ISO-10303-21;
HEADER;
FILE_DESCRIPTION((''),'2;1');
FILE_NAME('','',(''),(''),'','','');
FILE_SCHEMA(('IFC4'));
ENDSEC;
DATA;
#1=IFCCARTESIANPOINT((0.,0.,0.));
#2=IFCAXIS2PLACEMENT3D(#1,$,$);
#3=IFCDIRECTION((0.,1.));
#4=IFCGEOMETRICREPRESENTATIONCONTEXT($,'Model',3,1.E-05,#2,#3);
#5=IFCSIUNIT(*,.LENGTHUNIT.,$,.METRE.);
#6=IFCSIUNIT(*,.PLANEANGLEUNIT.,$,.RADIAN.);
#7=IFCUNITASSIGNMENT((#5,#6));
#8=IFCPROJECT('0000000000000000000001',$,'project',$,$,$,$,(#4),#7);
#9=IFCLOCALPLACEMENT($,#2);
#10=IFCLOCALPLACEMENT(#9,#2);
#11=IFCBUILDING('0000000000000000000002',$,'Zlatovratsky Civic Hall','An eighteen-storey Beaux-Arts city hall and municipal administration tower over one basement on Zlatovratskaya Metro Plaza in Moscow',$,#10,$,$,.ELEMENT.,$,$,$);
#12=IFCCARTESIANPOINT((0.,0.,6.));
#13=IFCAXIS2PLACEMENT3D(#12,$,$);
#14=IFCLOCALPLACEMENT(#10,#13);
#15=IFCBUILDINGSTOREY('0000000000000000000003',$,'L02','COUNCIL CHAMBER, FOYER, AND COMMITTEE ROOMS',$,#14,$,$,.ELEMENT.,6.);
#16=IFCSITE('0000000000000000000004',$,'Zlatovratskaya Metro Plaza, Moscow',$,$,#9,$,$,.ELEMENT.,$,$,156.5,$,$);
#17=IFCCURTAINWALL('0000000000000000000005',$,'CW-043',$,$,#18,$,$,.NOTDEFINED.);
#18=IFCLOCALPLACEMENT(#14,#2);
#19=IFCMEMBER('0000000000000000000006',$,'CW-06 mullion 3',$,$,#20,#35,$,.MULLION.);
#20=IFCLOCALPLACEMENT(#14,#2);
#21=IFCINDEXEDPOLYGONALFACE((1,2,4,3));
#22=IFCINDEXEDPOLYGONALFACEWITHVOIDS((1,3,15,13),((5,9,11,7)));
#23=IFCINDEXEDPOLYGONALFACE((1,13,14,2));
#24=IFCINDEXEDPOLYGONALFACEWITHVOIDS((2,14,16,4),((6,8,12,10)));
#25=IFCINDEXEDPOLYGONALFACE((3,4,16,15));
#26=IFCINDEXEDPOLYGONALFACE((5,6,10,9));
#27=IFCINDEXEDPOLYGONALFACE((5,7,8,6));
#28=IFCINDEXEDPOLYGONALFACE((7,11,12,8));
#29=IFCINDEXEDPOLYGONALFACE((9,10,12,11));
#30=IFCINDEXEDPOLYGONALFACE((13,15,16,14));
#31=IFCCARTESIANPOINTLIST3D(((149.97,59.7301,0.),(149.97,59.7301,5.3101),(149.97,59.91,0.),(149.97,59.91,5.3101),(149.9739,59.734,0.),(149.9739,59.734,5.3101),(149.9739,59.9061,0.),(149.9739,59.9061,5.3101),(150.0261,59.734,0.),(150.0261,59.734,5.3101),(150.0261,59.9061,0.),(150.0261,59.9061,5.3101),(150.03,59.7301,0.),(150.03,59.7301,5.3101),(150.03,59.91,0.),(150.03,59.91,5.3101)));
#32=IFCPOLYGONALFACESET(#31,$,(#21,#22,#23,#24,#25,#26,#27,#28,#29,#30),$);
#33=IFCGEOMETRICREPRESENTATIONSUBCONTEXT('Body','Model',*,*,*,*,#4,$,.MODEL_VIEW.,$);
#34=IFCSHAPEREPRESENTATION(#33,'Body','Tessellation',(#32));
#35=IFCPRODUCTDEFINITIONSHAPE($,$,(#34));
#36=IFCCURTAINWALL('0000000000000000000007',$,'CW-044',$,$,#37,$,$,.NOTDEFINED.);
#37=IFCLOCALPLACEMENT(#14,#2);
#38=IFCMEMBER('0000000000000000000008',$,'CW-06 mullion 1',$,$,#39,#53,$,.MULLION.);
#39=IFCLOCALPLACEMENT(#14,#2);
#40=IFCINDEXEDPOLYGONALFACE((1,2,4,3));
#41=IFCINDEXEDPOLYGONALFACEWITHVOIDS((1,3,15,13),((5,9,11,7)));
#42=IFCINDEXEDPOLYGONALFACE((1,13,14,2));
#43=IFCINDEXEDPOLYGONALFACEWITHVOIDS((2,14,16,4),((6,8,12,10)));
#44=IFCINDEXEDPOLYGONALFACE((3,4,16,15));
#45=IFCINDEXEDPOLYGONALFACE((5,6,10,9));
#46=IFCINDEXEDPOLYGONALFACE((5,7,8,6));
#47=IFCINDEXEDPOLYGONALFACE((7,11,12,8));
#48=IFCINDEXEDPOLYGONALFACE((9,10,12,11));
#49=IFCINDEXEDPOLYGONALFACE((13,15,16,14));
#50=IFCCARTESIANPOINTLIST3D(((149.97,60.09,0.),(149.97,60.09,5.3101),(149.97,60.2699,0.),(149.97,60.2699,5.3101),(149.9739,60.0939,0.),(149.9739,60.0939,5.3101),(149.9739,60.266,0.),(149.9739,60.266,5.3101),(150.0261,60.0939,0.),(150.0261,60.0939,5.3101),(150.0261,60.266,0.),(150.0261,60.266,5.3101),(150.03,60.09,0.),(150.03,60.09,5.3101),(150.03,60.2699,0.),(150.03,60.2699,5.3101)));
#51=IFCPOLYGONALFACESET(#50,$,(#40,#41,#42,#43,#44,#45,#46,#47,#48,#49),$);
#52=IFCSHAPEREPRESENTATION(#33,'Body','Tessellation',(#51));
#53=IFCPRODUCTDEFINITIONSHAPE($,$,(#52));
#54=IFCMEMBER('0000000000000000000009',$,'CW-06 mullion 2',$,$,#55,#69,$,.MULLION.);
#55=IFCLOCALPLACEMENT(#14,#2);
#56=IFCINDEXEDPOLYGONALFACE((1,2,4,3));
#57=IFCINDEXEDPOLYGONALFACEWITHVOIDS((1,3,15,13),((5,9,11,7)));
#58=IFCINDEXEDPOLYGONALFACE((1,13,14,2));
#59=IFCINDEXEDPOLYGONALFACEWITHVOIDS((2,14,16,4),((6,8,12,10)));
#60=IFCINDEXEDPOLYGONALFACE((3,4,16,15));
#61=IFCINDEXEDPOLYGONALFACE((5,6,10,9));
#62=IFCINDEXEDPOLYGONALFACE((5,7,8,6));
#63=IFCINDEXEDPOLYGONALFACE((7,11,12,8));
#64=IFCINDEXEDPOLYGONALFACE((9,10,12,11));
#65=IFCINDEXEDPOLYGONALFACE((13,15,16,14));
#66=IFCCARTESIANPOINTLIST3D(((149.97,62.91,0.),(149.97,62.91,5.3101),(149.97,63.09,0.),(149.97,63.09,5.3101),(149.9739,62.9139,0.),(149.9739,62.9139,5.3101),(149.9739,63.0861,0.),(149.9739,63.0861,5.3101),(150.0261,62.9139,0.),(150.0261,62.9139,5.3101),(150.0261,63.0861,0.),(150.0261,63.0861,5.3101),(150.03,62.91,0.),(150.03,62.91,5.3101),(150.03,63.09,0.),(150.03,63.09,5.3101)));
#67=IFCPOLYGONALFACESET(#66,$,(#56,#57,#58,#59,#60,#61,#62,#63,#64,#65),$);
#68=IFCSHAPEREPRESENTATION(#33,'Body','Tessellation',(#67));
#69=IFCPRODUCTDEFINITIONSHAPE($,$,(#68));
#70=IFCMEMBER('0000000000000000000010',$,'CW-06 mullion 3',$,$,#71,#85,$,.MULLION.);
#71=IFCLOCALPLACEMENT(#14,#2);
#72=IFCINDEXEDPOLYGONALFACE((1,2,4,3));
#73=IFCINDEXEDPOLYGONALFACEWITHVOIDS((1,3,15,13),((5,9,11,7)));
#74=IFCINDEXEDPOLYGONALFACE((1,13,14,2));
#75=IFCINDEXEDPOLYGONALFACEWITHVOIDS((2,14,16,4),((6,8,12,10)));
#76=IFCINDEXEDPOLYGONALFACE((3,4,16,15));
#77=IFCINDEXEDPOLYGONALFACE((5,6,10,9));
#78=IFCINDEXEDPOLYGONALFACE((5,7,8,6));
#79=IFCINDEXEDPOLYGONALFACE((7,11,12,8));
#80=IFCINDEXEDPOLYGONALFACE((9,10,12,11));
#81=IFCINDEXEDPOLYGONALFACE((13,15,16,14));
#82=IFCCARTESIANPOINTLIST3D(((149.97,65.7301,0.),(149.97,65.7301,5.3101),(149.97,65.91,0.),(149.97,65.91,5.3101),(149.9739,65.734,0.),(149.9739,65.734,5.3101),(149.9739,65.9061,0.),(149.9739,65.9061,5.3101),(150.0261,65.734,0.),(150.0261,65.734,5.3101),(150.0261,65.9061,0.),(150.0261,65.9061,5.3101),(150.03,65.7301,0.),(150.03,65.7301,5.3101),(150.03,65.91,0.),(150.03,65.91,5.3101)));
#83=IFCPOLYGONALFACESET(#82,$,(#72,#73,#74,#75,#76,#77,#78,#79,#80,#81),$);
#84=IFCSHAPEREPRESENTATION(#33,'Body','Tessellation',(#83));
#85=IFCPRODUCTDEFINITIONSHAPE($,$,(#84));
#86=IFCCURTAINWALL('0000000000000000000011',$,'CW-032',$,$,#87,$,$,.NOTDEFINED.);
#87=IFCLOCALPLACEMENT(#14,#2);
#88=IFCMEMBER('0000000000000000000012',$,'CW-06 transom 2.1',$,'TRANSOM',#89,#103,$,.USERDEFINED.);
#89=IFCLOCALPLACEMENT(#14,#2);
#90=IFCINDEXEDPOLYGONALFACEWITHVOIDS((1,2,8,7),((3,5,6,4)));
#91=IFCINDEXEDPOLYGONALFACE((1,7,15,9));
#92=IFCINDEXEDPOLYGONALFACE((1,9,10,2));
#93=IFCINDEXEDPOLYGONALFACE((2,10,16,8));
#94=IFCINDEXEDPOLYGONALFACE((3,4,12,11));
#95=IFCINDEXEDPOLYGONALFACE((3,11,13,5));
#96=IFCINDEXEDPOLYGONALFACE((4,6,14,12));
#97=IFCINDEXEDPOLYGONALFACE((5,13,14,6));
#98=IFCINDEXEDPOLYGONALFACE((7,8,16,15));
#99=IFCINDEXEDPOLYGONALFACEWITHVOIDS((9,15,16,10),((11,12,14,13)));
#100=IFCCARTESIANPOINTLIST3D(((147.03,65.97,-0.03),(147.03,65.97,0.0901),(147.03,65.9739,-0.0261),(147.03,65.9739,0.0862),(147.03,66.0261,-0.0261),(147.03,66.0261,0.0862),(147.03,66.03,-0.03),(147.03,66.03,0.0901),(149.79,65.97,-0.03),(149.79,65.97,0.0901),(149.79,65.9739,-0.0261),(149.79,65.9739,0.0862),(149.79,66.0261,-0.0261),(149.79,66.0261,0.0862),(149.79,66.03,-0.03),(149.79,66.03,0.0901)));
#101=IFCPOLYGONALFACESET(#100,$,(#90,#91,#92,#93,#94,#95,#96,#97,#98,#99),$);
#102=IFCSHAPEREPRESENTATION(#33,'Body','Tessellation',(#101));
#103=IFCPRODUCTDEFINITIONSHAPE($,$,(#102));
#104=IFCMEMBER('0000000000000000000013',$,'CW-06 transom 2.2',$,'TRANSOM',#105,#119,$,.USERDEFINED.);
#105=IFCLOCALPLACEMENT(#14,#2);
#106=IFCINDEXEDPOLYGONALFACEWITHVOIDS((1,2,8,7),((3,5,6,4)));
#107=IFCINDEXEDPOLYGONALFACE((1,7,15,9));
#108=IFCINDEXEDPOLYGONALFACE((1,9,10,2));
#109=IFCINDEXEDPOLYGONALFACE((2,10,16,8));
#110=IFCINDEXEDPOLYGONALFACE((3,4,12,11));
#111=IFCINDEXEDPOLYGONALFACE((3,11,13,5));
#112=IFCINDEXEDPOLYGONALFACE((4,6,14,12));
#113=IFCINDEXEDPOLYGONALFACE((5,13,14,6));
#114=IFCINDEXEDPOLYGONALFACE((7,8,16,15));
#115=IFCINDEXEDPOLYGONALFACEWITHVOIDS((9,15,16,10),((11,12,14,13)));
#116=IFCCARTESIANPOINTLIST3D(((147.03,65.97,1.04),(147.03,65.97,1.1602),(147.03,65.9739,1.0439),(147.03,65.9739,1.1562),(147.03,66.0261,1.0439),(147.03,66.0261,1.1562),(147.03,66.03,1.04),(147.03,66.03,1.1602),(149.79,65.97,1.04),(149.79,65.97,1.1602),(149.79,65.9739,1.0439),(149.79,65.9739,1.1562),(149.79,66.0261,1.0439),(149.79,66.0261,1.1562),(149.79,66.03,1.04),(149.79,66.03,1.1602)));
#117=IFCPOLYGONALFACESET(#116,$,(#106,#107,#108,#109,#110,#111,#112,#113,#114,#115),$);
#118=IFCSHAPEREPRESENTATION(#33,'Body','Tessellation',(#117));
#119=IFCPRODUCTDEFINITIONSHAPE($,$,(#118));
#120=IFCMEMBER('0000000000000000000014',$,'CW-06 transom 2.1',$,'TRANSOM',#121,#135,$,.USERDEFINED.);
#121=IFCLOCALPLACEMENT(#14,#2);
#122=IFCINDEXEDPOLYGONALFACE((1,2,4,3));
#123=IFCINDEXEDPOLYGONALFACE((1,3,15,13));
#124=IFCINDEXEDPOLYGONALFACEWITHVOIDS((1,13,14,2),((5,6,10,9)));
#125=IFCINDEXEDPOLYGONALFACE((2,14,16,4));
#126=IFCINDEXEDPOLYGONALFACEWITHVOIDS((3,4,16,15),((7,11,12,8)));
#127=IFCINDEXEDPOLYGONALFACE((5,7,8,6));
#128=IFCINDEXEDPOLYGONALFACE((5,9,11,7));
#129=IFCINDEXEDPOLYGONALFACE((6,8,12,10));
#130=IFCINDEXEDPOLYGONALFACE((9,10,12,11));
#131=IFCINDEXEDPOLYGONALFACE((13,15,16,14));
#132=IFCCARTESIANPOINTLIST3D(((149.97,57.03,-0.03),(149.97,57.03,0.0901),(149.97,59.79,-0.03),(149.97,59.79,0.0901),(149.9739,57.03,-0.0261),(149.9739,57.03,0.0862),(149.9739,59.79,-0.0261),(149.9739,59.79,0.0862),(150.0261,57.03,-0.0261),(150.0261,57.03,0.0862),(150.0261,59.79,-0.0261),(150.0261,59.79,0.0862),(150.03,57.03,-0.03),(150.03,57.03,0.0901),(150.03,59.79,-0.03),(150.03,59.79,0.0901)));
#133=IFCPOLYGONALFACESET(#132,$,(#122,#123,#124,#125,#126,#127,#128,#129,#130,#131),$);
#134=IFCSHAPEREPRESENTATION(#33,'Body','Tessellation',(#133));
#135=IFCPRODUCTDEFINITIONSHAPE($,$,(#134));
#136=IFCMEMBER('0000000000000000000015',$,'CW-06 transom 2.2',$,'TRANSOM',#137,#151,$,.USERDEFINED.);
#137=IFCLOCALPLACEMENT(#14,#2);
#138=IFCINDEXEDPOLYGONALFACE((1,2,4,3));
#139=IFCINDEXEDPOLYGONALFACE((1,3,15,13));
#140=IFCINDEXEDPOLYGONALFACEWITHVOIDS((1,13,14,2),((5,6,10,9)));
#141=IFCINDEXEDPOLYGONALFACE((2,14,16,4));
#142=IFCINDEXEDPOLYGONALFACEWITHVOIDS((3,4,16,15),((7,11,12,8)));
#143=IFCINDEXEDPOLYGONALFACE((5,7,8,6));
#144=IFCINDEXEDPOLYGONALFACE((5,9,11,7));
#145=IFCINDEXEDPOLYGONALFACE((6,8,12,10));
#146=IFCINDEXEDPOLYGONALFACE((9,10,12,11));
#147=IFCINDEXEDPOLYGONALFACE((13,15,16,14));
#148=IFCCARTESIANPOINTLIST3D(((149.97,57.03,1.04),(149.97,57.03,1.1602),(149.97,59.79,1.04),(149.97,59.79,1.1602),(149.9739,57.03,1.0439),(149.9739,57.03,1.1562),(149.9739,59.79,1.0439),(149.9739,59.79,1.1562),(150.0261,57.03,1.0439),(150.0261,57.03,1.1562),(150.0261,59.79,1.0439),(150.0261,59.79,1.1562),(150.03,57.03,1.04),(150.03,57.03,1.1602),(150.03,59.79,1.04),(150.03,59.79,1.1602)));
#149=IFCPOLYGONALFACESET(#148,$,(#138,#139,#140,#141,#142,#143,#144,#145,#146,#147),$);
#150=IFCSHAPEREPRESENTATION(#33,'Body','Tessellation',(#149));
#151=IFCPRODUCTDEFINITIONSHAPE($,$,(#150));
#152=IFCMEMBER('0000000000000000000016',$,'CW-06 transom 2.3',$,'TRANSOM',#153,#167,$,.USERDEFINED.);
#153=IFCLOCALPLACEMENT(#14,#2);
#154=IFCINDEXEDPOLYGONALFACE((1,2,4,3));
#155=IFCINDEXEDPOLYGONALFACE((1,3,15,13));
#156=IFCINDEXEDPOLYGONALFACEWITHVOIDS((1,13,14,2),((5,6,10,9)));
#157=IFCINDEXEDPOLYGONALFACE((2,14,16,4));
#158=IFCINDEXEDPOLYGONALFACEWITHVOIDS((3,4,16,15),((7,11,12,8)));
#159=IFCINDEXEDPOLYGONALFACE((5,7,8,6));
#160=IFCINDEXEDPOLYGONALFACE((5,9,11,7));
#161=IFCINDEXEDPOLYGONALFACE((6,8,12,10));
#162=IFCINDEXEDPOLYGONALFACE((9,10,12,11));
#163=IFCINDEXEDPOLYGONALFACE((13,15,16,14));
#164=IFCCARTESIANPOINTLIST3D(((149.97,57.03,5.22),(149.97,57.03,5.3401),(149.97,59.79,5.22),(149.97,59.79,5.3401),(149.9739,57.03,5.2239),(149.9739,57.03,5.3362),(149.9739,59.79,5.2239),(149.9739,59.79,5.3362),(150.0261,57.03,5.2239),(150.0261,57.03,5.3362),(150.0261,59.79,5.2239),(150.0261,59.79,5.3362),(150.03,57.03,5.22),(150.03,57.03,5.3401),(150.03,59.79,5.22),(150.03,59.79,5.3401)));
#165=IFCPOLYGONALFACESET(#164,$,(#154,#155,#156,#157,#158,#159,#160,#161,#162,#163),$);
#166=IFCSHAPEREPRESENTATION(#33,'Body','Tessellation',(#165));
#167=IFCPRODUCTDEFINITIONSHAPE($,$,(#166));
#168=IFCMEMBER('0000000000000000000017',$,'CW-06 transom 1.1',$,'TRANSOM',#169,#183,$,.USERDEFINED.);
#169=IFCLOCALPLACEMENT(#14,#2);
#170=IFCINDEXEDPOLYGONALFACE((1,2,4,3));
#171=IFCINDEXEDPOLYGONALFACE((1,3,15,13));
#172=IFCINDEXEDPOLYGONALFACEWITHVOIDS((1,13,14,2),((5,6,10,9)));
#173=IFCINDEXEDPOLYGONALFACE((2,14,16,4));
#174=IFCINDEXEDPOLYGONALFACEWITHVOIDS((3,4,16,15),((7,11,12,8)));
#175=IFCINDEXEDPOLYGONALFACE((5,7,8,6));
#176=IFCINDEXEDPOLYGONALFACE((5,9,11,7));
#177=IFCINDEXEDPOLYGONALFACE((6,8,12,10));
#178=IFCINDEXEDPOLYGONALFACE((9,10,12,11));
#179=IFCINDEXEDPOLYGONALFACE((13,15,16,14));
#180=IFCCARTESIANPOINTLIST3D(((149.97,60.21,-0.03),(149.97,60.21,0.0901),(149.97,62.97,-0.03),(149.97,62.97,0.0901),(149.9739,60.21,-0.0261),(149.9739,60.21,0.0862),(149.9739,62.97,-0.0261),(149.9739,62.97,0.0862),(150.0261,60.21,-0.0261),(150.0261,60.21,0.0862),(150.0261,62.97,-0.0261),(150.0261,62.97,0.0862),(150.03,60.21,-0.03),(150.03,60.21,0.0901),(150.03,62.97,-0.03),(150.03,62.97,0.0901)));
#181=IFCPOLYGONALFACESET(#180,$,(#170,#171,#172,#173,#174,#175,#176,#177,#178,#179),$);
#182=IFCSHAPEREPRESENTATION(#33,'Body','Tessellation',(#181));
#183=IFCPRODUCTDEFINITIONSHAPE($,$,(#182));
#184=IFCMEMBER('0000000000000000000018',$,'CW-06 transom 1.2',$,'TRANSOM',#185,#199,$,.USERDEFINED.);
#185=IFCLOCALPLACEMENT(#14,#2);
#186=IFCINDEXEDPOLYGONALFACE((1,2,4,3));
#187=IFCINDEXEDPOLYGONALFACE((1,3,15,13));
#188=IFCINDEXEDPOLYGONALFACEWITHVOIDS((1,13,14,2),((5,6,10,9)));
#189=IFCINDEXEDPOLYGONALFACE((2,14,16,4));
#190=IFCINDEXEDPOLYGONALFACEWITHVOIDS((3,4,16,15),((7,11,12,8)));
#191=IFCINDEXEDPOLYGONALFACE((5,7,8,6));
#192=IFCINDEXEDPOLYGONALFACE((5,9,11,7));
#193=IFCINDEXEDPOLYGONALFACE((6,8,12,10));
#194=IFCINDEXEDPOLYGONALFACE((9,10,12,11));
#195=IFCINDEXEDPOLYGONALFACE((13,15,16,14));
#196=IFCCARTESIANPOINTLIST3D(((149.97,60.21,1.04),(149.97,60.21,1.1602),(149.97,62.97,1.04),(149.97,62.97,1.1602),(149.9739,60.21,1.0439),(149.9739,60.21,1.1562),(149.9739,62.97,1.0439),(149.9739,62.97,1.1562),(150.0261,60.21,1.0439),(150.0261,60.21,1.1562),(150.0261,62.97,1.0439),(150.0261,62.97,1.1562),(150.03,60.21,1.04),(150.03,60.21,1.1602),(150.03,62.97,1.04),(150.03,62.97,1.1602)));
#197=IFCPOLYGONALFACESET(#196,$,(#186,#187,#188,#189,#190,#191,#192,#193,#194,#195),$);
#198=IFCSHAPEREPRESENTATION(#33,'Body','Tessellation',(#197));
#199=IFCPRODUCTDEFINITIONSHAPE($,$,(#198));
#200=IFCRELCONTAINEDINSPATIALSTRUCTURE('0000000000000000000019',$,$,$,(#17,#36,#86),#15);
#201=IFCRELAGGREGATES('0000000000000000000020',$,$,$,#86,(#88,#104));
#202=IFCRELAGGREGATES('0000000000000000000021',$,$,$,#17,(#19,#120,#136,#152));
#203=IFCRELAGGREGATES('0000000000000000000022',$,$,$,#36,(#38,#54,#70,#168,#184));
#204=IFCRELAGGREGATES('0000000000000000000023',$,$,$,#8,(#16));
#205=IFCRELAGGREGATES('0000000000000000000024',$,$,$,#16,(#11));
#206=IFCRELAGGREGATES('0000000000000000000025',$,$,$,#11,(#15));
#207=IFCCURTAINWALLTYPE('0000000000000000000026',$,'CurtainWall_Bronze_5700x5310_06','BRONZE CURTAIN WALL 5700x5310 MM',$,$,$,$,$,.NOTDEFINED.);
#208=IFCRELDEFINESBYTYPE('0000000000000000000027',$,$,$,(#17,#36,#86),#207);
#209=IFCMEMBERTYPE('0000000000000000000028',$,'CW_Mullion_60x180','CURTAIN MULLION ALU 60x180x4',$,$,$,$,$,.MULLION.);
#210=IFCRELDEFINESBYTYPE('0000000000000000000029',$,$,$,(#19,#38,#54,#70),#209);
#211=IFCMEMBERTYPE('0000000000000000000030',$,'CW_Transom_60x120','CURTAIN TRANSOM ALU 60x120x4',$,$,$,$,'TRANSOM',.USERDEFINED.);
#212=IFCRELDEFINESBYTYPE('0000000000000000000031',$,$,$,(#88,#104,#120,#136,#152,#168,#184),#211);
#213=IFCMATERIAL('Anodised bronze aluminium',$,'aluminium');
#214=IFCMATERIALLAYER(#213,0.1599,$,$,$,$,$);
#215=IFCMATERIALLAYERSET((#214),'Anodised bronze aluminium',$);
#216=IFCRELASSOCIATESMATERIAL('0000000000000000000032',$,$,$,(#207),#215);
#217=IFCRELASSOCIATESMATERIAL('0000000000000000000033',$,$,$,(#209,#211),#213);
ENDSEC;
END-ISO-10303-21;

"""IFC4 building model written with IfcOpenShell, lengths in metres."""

from ifc_helpers import new_model, si_unit, direction, frame, origin, origin_2d, place, context, subcontext, project, spatial, hollow_rectangle, extrude, material, layer, layer_set, material_profile, profile_set, type_object, element, aggregate, save


model = new_model("IFC4")

# Units and contexts
model_context = context("Model", 3, precision=1e-05, world=origin(), true_north=direction((0.0, 1.0)))
body_context = subcontext(model_context, "Body", "Model", "MODEL_VIEW")
ifc_project = project(units=[si_unit("LENGTHUNIT", "METRE"), si_unit("PLANEANGLEUNIT", "RADIAN")], contexts=[model_context])

# Site, building, storey
site_placement = place(None, origin())
site = spatial("IfcSite", under=ifc_project, at=site_placement, Name="Zlatovratskaya Metro Plaza, Moscow", CompositionType="ELEMENT", RefElevation=156.5)
building_placement = place(site_placement, origin())
building = spatial("IfcBuilding", under=site, at=building_placement, Name="Zlatovratsky Civic Hall", Description="An eighteen-storey Beaux-Arts city hall and municipal administration tower over one basement on Zlatovratskaya Metro Plaza in Moscow", CompositionType="ELEMENT")
storey_placement = place(building_placement, frame((0.0, 0.0, 6.0)))
storey = spatial("IfcBuildingStorey", under=building, at=storey_placement, Name="L02", Description="COUNCIL CHAMBER, FOYER, AND COMMITTEE ROOMS", CompositionType="ELEMENT", Elevation=6.0)

# Curtain wall, member
ifc_material_1 = material(Name="Anodised bronze aluminium", Category="aluminium")
ifc_layer_1 = layer(ifc_material_1, 0.1599)
ifc_layer_set_1 = layer_set([ifc_layer_1], Name="Anodised bronze aluminium")
curtain_wall_type = type_object("IfcCurtainWallType", Name="CurtainWall_Bronze_5700x5310_06", Description="BRONZE CURTAIN WALL 5700x5310 MM", PredefinedType="NOTDEFINED", material=ifc_layer_set_1)
curtain_wall_1_placement = place(storey_placement, origin())
curtain_wall_1 = element("IfcCurtainWall", 1, at=curtain_wall_1_placement, inside=storey, type_object=curtain_wall_type, Name="CW-043", PredefinedType="NOTDEFINED")
ifc_material_profile_1 = material_profile(ifc_material_1, hollow_rectangle(XDim=0.0601, YDim=0.1799, WallThickness=0.0039, at=origin_2d()), Name="ALU 60x180x4")
ifc_profile_set_1 = profile_set([ifc_material_profile_1], Name="Anodised bronze aluminium")
member_type_1 = type_object("IfcMemberType", Name="CW_Mullion_60x180", Description="CURTAIN MULLION ALU 60x180x4", PredefinedType="MULLION", material=ifc_profile_set_1)
member_1_placement = place(storey_placement, frame((150.0, 59.8201, 0.0), z_axis=(0.0, 0.0, 1.0), x_axis=(-1.0, 0.0, 0.0)))
member_1 = element("IfcMember", 2, at=member_1_placement, type_object=member_type_1, Name="CW-06 mullion 3", PredefinedType="MULLION", context=body_context, shape_type="SweptSolid", body=[
    extrude(hollow_rectangle(XDim=0.0601, YDim=0.1799, WallThickness=0.0039, at=origin_2d()), origin(), (0.0, 0.0, 1.0), 5.3101),
])

# Curtain walls, members
curtain_wall_2_placement = place(storey_placement, origin())
curtain_wall_2 = element("IfcCurtainWall", 3, at=curtain_wall_2_placement, inside=storey, type_object=curtain_wall_type, Name="CW-044", PredefinedType="NOTDEFINED")
member_2_placement = place(storey_placement, frame((150.0, 60.1799, 0.0), z_axis=(0.0, 0.0, 1.0), x_axis=(-1.0, 0.0, 0.0)))
member_2 = element("IfcMember", 4, at=member_2_placement, type_object=member_type_1, Name="CW-06 mullion 1", PredefinedType="MULLION", context=body_context, shape_type="SweptSolid", body=[
    extrude(hollow_rectangle(XDim=0.0601, YDim=0.1799, WallThickness=0.0039, at=origin_2d()), origin(), (0.0, 0.0, 1.0), 5.3101),
])
member_3_placement = place(storey_placement, frame((150.0, 63.0, 0.0), z_axis=(0.0, 0.0, 1.0), x_axis=(-1.0, 0.0, 0.0)))
member_3 = element("IfcMember", 5, at=member_3_placement, type_object=member_type_1, Name="CW-06 mullion 2", PredefinedType="MULLION", context=body_context, shape_type="SweptSolid", body=[
    extrude(hollow_rectangle(XDim=0.0601, YDim=0.1799, WallThickness=0.0039, at=origin_2d()), origin(), (0.0, 0.0, 1.0), 5.3101),
])
member_4_placement = place(storey_placement, frame((150.0, 65.8201, 0.0), z_axis=(0.0, 0.0, 1.0), x_axis=(-1.0, 0.0, 0.0)))
member_4 = element("IfcMember", 6, at=member_4_placement, type_object=member_type_1, Name="CW-06 mullion 3", PredefinedType="MULLION", context=body_context, shape_type="SweptSolid", body=[
    extrude(hollow_rectangle(XDim=0.0601, YDim=0.1799, WallThickness=0.0039, at=origin_2d()), origin(), (0.0, 0.0, 1.0), 5.3101),
])
curtain_wall_3_placement = place(storey_placement, origin())
curtain_wall_3 = element("IfcCurtainWall", 7, at=curtain_wall_3_placement, inside=storey, type_object=curtain_wall_type, Name="CW-032", PredefinedType="NOTDEFINED")
ifc_material_profile_2 = material_profile(ifc_material_1, hollow_rectangle(XDim=0.0601, YDim=0.1201, WallThickness=0.0039, at=origin_2d()), Name="ALU 60x120x4")
ifc_profile_set_2 = profile_set([ifc_material_profile_2], Name="Anodised bronze aluminium")
member_type_2 = type_object("IfcMemberType", Name="CW_Transom_60x120", Description="CURTAIN TRANSOM ALU 60x120x4", ElementType="TRANSOM", PredefinedType="USERDEFINED", material=ifc_profile_set_2)
member_5_placement = place(storey_placement, frame((147.03, 66.0, 0.03), z_axis=(1.0, 0.0, 0.0), x_axis=(0.0, 1.0, 0.0)))
member_5 = element("IfcMember", 8, at=member_5_placement, type_object=member_type_2, Name="CW-06 transom 2.1", ObjectType="TRANSOM", PredefinedType="USERDEFINED", context=body_context, shape_type="SweptSolid", body=[
    extrude(hollow_rectangle(XDim=0.0601, YDim=0.1201, WallThickness=0.0039, at=origin_2d()), origin(), (0.0, 0.0, 1.0), 2.76),
])
member_6_placement = place(storey_placement, frame((147.03, 66.0, 1.1001), z_axis=(1.0, 0.0, 0.0), x_axis=(0.0, 1.0, 0.0)))
member_6 = element("IfcMember", 9, at=member_6_placement, type_object=member_type_2, Name="CW-06 transom 2.2", ObjectType="TRANSOM", PredefinedType="USERDEFINED", context=body_context, shape_type="SweptSolid", body=[
    extrude(hollow_rectangle(XDim=0.0601, YDim=0.1201, WallThickness=0.0039, at=origin_2d()), origin(), (0.0, 0.0, 1.0), 2.76),
])
aggregate(curtain_wall_3, [member_5, member_6])

# Members
member_7_placement = place(storey_placement, frame((150.0, 57.03, 0.03), z_axis=(0.0, 1.0, 0.0), x_axis=(-1.0, 0.0, 0.0)))
member_7 = element("IfcMember", 10, at=member_7_placement, type_object=member_type_2, Name="CW-06 transom 2.1", ObjectType="TRANSOM", PredefinedType="USERDEFINED", context=body_context, shape_type="SweptSolid", body=[
    extrude(hollow_rectangle(XDim=0.0601, YDim=0.1201, WallThickness=0.0039, at=origin_2d()), origin(), (0.0, 0.0, 1.0), 2.76),
])
member_8_placement = place(storey_placement, frame((150.0, 57.03, 1.1001), z_axis=(0.0, 1.0, 0.0), x_axis=(-1.0, 0.0, 0.0)))
member_8 = element("IfcMember", 11, at=member_8_placement, type_object=member_type_2, Name="CW-06 transom 2.2", ObjectType="TRANSOM", PredefinedType="USERDEFINED", context=body_context, shape_type="SweptSolid", body=[
    extrude(hollow_rectangle(XDim=0.0601, YDim=0.1201, WallThickness=0.0039, at=origin_2d()), origin(), (0.0, 0.0, 1.0), 2.76),
])
member_9_placement = place(storey_placement, frame((150.0, 57.03, 5.28), z_axis=(0.0, 1.0, 0.0), x_axis=(-1.0, 0.0, 0.0)))
member_9 = element("IfcMember", 12, at=member_9_placement, type_object=member_type_2, Name="CW-06 transom 2.3", ObjectType="TRANSOM", PredefinedType="USERDEFINED", context=body_context, shape_type="SweptSolid", body=[
    extrude(hollow_rectangle(XDim=0.0601, YDim=0.1201, WallThickness=0.0039, at=origin_2d()), origin(), (0.0, 0.0, 1.0), 2.76),
])
member_10_placement = place(storey_placement, frame((150.0, 60.21, 0.03), z_axis=(0.0, 1.0, 0.0), x_axis=(-1.0, 0.0, 0.0)))
member_10 = element("IfcMember", 13, at=member_10_placement, type_object=member_type_2, Name="CW-06 transom 1.1", ObjectType="TRANSOM", PredefinedType="USERDEFINED", context=body_context, shape_type="SweptSolid", body=[
    extrude(hollow_rectangle(XDim=0.0601, YDim=0.1201, WallThickness=0.0039, at=origin_2d()), origin(), (0.0, 0.0, 1.0), 2.76),
])
member_11_placement = place(storey_placement, frame((150.0, 60.21, 1.1001), z_axis=(0.0, 1.0, 0.0), x_axis=(-1.0, 0.0, 0.0)))
member_11 = element("IfcMember", 14, at=member_11_placement, type_object=member_type_2, Name="CW-06 transom 1.2", ObjectType="TRANSOM", PredefinedType="USERDEFINED", context=body_context, shape_type="SweptSolid", body=[
    extrude(hollow_rectangle(XDim=0.0601, YDim=0.1201, WallThickness=0.0039, at=origin_2d()), origin(), (0.0, 0.0, 1.0), 2.76),
])

aggregate(curtain_wall_1, [member_1, member_7, member_8, member_9])
aggregate(curtain_wall_2, [member_2, member_3, member_4, member_10, member_11])

save(model, "model.ifc")
